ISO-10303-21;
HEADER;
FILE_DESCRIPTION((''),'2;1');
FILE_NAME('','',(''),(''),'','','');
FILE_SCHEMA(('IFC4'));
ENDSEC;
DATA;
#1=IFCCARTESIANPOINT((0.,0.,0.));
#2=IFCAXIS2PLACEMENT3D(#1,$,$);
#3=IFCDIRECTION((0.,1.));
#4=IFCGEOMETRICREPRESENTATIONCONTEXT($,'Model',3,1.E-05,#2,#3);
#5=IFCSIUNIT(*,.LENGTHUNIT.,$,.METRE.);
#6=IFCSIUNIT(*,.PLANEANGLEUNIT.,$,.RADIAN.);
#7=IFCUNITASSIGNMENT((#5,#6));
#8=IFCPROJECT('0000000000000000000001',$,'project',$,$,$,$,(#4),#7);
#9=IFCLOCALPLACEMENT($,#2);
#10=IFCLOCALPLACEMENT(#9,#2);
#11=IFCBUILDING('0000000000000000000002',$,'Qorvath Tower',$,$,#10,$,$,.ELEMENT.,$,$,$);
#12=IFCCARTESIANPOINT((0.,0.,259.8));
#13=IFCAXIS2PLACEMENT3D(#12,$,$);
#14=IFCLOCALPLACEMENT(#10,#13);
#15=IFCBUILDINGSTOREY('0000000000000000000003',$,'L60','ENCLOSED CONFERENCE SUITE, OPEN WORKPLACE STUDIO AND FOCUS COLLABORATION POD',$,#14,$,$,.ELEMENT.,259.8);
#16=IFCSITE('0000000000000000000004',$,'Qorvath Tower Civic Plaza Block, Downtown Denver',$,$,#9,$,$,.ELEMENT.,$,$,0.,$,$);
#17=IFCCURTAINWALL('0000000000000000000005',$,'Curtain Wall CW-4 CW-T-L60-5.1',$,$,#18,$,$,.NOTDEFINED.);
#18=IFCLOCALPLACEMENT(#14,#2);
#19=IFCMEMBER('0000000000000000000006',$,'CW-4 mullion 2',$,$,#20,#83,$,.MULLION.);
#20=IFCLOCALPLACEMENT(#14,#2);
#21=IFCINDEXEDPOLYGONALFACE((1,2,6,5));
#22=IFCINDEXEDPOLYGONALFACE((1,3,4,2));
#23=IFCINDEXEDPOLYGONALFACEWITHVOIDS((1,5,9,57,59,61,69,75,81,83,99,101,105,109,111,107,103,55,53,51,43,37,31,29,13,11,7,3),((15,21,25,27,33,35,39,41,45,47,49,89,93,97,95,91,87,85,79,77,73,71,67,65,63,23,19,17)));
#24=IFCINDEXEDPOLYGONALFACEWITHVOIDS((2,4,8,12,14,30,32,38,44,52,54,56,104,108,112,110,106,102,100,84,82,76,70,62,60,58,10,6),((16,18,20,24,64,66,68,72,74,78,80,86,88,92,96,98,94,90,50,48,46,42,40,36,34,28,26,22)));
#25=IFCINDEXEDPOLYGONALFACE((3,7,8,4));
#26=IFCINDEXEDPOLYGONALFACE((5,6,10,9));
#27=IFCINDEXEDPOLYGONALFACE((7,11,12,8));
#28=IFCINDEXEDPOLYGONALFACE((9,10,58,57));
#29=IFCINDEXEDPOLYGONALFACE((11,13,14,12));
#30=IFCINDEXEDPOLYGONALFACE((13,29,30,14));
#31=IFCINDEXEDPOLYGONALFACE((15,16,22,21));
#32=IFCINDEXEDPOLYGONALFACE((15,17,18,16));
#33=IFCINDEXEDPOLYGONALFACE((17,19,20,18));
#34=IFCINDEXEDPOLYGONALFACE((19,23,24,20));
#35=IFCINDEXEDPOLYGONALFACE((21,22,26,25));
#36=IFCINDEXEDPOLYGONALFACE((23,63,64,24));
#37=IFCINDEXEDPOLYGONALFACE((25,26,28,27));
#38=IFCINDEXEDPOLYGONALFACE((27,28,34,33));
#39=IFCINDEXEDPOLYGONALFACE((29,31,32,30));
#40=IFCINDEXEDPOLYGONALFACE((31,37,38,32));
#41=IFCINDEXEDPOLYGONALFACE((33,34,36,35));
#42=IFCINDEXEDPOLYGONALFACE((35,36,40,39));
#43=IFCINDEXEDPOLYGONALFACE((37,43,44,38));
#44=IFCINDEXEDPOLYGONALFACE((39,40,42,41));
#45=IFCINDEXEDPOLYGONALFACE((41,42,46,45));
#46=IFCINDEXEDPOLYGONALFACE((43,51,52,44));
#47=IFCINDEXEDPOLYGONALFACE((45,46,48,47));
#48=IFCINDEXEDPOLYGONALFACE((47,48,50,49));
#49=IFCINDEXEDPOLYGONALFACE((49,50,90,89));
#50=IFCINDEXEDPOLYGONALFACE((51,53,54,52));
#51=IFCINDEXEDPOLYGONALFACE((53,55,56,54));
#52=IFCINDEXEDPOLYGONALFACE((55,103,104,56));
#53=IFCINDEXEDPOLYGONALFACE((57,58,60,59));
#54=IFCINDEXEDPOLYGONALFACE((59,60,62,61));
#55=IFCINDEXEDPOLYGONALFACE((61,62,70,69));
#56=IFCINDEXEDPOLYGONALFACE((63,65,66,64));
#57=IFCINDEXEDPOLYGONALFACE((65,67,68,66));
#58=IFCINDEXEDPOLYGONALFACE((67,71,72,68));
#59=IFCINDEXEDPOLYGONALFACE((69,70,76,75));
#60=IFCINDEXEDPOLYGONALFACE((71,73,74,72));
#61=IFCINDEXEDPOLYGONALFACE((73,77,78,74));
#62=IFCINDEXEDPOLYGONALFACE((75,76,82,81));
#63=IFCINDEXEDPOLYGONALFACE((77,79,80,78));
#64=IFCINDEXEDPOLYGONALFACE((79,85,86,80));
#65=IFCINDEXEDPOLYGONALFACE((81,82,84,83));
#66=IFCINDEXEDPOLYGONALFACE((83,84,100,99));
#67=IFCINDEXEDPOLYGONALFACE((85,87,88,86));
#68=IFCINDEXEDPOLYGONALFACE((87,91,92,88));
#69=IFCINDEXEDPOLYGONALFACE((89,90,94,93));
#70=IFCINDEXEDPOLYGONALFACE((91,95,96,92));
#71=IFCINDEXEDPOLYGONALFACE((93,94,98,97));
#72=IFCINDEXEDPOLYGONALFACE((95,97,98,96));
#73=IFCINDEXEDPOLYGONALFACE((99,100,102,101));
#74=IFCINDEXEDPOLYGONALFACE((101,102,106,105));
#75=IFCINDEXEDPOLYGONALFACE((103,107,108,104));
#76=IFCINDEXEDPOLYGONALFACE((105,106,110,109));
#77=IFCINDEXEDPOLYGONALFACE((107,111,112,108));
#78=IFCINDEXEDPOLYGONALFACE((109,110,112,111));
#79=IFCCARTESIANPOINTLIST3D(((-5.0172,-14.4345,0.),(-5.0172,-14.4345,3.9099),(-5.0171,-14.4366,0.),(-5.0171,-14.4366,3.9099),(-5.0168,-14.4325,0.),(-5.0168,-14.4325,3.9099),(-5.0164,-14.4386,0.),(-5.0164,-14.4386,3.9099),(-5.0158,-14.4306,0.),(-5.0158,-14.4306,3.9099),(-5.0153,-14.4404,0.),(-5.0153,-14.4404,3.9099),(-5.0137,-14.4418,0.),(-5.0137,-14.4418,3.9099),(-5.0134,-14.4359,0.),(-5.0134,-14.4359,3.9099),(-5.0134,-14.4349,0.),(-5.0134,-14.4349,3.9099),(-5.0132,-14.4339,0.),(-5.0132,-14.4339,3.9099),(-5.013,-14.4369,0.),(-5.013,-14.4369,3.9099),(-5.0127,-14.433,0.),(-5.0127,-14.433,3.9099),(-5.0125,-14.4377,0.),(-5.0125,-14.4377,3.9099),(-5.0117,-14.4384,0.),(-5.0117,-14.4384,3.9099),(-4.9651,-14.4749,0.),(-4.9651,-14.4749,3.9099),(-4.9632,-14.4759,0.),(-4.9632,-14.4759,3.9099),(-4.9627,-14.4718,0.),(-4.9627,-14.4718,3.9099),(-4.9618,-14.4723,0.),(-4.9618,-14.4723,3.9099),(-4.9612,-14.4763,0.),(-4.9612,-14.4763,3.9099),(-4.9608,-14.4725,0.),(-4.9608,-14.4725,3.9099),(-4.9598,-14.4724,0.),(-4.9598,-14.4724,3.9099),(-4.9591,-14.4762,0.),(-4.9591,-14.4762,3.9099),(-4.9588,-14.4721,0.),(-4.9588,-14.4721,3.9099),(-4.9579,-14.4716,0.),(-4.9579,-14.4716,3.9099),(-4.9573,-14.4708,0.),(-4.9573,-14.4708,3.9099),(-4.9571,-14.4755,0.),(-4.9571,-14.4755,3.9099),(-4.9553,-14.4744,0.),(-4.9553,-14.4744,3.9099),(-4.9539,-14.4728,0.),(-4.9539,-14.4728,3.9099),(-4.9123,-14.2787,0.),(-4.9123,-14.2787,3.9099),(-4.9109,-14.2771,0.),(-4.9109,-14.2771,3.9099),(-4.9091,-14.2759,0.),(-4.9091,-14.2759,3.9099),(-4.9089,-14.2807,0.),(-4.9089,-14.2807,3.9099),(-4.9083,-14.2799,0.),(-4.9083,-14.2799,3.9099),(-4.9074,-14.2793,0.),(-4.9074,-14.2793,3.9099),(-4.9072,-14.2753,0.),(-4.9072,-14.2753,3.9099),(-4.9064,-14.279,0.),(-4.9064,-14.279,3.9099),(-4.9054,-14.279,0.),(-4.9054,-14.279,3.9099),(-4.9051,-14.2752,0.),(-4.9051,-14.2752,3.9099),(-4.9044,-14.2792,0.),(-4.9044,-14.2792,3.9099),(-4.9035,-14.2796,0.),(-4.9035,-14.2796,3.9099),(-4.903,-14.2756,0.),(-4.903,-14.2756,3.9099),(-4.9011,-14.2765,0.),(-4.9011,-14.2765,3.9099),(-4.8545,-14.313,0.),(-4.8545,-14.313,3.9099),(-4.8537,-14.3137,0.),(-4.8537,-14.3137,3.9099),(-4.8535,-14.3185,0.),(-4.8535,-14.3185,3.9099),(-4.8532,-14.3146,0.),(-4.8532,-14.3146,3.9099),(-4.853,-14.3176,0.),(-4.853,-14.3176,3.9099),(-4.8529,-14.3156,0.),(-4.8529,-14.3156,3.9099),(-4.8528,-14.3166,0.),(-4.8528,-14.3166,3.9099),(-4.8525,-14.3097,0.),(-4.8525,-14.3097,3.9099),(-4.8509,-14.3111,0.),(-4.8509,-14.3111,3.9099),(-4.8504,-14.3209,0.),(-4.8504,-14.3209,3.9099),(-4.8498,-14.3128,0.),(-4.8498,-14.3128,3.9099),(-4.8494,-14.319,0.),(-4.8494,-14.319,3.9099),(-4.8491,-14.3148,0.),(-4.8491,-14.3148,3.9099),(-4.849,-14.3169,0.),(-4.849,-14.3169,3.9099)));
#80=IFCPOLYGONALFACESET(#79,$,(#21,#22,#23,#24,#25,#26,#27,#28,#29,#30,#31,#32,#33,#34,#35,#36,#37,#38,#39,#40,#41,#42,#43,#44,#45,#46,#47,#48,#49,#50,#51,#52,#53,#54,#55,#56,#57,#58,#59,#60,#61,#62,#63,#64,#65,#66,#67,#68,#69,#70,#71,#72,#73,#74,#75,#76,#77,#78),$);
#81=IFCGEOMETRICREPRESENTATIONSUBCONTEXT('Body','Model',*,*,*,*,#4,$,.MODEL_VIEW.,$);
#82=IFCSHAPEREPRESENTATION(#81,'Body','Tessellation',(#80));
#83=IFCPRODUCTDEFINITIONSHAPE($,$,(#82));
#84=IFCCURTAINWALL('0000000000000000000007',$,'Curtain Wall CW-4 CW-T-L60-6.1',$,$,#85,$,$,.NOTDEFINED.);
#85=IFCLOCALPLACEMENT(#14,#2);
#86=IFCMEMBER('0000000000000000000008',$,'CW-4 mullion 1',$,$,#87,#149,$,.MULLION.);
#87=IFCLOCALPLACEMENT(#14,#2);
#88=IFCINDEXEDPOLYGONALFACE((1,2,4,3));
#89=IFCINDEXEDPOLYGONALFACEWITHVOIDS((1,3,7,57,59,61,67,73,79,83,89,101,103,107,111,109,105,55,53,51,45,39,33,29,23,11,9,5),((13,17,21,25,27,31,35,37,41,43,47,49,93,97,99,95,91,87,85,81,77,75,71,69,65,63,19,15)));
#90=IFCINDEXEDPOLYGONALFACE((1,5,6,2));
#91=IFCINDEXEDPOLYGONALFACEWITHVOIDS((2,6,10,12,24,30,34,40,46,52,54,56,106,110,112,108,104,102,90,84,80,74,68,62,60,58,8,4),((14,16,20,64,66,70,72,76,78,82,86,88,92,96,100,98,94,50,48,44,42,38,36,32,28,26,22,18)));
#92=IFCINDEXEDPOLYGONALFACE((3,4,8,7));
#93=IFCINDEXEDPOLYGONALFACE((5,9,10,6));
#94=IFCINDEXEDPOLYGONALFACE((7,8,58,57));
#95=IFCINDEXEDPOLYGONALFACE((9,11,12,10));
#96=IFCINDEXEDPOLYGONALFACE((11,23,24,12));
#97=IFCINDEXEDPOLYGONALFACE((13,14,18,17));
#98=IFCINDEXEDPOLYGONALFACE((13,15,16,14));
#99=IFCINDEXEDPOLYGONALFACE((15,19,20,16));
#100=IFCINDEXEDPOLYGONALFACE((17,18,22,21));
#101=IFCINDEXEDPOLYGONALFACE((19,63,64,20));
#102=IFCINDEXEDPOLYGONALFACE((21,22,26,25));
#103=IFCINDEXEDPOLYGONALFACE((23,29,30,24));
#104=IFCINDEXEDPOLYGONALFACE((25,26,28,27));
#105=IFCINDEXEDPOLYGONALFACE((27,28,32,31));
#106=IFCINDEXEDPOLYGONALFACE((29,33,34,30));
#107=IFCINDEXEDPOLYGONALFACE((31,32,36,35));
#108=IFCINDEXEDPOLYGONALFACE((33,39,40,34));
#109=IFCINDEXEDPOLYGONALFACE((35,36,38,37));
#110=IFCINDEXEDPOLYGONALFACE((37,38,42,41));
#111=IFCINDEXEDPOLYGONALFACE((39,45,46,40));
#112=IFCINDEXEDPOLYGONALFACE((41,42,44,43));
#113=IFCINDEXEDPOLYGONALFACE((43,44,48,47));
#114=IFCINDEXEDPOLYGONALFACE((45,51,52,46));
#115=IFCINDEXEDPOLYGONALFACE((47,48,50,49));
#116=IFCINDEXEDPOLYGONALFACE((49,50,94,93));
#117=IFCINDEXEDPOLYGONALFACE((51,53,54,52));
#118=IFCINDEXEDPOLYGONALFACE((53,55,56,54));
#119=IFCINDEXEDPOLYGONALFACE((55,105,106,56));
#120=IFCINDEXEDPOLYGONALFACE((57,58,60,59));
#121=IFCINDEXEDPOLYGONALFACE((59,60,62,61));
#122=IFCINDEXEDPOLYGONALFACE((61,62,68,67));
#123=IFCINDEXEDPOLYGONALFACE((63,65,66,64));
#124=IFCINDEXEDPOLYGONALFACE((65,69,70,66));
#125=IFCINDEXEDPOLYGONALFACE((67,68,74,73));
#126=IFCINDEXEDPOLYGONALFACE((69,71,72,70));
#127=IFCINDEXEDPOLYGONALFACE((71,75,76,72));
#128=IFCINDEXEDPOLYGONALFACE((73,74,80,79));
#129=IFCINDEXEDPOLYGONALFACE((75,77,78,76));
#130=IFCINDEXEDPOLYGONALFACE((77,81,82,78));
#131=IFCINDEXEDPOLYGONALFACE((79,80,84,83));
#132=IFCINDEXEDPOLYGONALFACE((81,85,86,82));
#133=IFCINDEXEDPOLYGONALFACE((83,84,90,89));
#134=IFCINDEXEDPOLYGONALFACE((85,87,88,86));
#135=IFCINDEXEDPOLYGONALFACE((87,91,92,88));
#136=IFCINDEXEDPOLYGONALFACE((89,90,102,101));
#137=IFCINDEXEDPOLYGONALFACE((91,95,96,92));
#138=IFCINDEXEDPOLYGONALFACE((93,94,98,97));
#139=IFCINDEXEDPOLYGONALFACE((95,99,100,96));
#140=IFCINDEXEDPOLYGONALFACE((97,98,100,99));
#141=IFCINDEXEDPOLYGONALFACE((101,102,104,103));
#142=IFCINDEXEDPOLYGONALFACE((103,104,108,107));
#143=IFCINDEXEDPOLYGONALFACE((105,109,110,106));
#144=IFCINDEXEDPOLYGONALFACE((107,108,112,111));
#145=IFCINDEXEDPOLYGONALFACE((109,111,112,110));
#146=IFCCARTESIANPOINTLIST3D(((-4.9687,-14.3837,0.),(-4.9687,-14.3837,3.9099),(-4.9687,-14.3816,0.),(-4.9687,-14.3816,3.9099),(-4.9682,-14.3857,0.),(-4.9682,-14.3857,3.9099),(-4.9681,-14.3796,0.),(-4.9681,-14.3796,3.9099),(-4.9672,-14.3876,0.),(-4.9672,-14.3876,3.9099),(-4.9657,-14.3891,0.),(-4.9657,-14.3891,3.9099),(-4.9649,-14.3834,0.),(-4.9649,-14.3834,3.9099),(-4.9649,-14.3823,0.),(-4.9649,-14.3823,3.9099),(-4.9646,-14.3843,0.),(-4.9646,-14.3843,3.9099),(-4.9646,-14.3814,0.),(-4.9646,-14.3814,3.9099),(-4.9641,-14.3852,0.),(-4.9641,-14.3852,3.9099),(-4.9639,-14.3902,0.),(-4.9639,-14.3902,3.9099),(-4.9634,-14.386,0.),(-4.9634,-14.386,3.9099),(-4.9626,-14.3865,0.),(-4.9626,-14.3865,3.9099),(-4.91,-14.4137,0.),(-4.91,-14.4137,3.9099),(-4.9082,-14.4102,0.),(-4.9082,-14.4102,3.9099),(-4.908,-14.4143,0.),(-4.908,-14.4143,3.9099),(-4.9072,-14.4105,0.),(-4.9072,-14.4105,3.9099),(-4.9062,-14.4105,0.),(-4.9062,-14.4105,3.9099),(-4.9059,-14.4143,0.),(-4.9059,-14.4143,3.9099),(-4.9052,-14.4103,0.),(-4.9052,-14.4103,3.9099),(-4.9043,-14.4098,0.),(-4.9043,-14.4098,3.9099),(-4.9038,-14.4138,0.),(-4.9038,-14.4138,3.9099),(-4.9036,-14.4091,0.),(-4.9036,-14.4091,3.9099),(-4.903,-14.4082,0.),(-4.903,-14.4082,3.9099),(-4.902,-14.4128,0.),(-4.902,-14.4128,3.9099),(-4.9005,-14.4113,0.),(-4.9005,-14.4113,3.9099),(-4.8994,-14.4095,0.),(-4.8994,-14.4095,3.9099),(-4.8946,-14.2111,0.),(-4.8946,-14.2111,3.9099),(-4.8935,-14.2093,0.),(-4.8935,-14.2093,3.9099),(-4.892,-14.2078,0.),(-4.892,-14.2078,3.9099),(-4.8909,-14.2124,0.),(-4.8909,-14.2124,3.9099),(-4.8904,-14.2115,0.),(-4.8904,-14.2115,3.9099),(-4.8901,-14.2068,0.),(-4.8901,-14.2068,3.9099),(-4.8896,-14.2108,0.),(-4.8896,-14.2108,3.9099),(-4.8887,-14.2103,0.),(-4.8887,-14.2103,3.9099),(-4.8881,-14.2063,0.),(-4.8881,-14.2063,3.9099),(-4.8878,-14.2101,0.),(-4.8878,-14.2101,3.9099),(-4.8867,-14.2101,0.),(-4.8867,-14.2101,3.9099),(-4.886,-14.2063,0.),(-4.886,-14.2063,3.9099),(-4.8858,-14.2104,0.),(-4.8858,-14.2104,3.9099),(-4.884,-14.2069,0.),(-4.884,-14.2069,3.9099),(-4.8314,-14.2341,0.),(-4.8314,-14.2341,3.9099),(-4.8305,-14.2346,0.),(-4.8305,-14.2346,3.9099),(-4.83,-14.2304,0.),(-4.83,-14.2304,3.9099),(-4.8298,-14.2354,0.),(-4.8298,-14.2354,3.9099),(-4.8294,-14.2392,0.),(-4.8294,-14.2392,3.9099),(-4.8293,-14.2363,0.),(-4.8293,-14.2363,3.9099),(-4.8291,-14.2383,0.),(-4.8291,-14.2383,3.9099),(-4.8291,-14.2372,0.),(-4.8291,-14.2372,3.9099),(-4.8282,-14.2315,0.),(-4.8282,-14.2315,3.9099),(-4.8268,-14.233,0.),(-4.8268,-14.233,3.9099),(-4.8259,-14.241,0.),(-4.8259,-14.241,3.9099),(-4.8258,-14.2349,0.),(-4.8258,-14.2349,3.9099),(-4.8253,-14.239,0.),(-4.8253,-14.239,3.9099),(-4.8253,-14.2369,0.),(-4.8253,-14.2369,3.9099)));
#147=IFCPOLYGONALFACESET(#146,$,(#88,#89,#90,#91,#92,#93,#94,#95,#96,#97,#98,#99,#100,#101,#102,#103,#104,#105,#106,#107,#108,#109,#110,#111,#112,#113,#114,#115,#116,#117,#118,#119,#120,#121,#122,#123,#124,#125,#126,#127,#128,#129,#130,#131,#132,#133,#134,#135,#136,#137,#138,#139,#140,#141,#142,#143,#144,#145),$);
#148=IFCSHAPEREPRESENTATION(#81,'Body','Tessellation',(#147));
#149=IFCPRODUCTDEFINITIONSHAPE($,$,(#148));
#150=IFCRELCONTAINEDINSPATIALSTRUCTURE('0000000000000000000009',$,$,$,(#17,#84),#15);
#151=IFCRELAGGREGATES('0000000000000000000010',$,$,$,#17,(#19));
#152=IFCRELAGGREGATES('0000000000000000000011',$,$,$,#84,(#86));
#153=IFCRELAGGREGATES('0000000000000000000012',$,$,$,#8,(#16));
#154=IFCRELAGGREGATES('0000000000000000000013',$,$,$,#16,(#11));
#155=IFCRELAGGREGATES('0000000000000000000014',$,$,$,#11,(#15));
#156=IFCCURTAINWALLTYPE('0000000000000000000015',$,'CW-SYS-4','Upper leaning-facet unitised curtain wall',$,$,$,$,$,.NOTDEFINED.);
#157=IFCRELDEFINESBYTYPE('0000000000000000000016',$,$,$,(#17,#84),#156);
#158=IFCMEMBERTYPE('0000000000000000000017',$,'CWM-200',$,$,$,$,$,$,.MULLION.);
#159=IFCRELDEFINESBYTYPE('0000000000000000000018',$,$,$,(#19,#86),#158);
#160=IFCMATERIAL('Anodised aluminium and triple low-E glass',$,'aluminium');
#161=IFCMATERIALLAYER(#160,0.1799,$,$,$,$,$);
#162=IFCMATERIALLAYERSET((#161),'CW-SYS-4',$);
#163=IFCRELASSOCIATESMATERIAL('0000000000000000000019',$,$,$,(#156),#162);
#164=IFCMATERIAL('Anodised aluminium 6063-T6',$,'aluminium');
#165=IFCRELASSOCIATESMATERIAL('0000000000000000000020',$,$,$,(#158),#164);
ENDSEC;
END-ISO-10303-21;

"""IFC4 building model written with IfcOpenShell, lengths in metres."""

from ifc_helpers import new_model, si_unit, direction, frame, origin, origin_2d, place, context, subcontext, project, spatial, hollow_rectangle, extrude, material, layer, layer_set, material_profile, profile_set, type_object, element, aggregate, save


model = new_model("IFC4")

# Units and contexts
model_context = context("Model", 3, precision=1e-05, world=origin(), true_north=direction((0.0, 1.0)))
body_context = subcontext(model_context, "Body", "Model", "MODEL_VIEW")
ifc_project = project(units=[si_unit("LENGTHUNIT", "METRE"), si_unit("PLANEANGLEUNIT", "RADIAN")], contexts=[model_context])

# Site, building, storey
site_placement = place(None, origin())
site = spatial("IfcSite", under=ifc_project, at=site_placement, Name="Qorvath Tower Civic Plaza Block, Downtown Denver", CompositionType="ELEMENT", RefElevation=0.0)
building_placement = place(site_placement, origin())
building = spatial("IfcBuilding", under=site, at=building_placement, Name="Qorvath Tower", CompositionType="ELEMENT")
storey_placement = place(building_placement, frame((0.0, 0.0, 259.8)))
storey = spatial("IfcBuildingStorey", under=building, at=storey_placement, Name="L60", Description="ENCLOSED CONFERENCE SUITE, OPEN WORKPLACE STUDIO AND FOCUS COLLABORATION POD", CompositionType="ELEMENT", Elevation=259.8)

# Shared definitions
ifc_material_1 = material(Name="Anodised aluminium and triple low-E glass", Category="aluminium")
ifc_layer_1 = layer(ifc_material_1, 0.1799)
ifc_layer_set_1 = layer_set([ifc_layer_1], Name="CW-SYS-4")
curtain_wall_type = type_object("IfcCurtainWallType", Name="CW-SYS-4", Description="Upper leaning-facet unitised curtain wall", PredefinedType="NOTDEFINED", material=ifc_layer_set_1)
ifc_material_2 = material(Name="Anodised aluminium 6063-T6", Category="aluminium")
ifc_material_profile_1 = material_profile(ifc_material_2, hollow_rectangle(XDim=0.075, YDim=0.2, WallThickness=0.0039, InnerFilletRadius=0.0039, OuterFilletRadius=0.0081, at=origin_2d()), Name="CWM 200x75")
ifc_profile_set_1 = profile_set([ifc_material_profile_1], Name="Anodised aluminium 6063-T6")
member_type_1 = type_object("IfcMemberType", Name="CWM-200", PredefinedType="MULLION", material=ifc_profile_set_1)

# Curtain walls, members
curtain_wall_1_placement = place(storey_placement, origin())
curtain_wall_1 = element("IfcCurtainWall", 1, at=curtain_wall_1_placement, inside=storey, type_object=curtain_wall_type, Name="Curtain Wall CW-4 CW-T-L60-5.1", PredefinedType="NOTDEFINED")
member_1_placement = place(storey_placement, frame((-4.9331, -14.3757, 0.0), z_axis=(0.0, 0.0, 1.0), x_axis=(-0.826358, 0.563145, 0.0)))
member_1 = element("IfcMember", 2, at=member_1_placement, type_object=member_type_1, Name="CW-4 mullion 2", PredefinedType="MULLION", context=body_context, shape_type="SweptSolid", body=[
    extrude(hollow_rectangle(XDim=0.075, YDim=0.2, WallThickness=0.0039, InnerFilletRadius=0.0039, OuterFilletRadius=0.0081, at=origin_2d()), origin(), (0.0, 0.0, 1.0), 3.9099),
])
curtain_wall_2_placement = place(storey_placement, origin())
curtain_wall_2 = element("IfcCurtainWall", 3, at=curtain_wall_2_placement, inside=storey, type_object=curtain_wall_type, Name="Curtain Wall CW-4 CW-T-L60-6.1", PredefinedType="NOTDEFINED")
member_2_placement = place(storey_placement, frame((-4.897, -14.3103, 0.0), z_axis=(0.0, 0.0, 1.0), x_axis=(-0.916612, 0.399777, 0.0)))
member_2 = element("IfcMember", 4, at=member_2_placement, type_object=member_type_1, Name="CW-4 mullion 1", PredefinedType="MULLION", context=body_context, shape_type="SweptSolid", body=[
    extrude(hollow_rectangle(XDim=0.075, YDim=0.2, WallThickness=0.0039, InnerFilletRadius=0.0039, OuterFilletRadius=0.0081, at=origin_2d()), origin(), (0.0, 0.0, 1.0), 3.9099),
])

aggregate(curtain_wall_1, [member_1])
aggregate(curtain_wall_2, [member_2])

save(model, "model.ifc")
